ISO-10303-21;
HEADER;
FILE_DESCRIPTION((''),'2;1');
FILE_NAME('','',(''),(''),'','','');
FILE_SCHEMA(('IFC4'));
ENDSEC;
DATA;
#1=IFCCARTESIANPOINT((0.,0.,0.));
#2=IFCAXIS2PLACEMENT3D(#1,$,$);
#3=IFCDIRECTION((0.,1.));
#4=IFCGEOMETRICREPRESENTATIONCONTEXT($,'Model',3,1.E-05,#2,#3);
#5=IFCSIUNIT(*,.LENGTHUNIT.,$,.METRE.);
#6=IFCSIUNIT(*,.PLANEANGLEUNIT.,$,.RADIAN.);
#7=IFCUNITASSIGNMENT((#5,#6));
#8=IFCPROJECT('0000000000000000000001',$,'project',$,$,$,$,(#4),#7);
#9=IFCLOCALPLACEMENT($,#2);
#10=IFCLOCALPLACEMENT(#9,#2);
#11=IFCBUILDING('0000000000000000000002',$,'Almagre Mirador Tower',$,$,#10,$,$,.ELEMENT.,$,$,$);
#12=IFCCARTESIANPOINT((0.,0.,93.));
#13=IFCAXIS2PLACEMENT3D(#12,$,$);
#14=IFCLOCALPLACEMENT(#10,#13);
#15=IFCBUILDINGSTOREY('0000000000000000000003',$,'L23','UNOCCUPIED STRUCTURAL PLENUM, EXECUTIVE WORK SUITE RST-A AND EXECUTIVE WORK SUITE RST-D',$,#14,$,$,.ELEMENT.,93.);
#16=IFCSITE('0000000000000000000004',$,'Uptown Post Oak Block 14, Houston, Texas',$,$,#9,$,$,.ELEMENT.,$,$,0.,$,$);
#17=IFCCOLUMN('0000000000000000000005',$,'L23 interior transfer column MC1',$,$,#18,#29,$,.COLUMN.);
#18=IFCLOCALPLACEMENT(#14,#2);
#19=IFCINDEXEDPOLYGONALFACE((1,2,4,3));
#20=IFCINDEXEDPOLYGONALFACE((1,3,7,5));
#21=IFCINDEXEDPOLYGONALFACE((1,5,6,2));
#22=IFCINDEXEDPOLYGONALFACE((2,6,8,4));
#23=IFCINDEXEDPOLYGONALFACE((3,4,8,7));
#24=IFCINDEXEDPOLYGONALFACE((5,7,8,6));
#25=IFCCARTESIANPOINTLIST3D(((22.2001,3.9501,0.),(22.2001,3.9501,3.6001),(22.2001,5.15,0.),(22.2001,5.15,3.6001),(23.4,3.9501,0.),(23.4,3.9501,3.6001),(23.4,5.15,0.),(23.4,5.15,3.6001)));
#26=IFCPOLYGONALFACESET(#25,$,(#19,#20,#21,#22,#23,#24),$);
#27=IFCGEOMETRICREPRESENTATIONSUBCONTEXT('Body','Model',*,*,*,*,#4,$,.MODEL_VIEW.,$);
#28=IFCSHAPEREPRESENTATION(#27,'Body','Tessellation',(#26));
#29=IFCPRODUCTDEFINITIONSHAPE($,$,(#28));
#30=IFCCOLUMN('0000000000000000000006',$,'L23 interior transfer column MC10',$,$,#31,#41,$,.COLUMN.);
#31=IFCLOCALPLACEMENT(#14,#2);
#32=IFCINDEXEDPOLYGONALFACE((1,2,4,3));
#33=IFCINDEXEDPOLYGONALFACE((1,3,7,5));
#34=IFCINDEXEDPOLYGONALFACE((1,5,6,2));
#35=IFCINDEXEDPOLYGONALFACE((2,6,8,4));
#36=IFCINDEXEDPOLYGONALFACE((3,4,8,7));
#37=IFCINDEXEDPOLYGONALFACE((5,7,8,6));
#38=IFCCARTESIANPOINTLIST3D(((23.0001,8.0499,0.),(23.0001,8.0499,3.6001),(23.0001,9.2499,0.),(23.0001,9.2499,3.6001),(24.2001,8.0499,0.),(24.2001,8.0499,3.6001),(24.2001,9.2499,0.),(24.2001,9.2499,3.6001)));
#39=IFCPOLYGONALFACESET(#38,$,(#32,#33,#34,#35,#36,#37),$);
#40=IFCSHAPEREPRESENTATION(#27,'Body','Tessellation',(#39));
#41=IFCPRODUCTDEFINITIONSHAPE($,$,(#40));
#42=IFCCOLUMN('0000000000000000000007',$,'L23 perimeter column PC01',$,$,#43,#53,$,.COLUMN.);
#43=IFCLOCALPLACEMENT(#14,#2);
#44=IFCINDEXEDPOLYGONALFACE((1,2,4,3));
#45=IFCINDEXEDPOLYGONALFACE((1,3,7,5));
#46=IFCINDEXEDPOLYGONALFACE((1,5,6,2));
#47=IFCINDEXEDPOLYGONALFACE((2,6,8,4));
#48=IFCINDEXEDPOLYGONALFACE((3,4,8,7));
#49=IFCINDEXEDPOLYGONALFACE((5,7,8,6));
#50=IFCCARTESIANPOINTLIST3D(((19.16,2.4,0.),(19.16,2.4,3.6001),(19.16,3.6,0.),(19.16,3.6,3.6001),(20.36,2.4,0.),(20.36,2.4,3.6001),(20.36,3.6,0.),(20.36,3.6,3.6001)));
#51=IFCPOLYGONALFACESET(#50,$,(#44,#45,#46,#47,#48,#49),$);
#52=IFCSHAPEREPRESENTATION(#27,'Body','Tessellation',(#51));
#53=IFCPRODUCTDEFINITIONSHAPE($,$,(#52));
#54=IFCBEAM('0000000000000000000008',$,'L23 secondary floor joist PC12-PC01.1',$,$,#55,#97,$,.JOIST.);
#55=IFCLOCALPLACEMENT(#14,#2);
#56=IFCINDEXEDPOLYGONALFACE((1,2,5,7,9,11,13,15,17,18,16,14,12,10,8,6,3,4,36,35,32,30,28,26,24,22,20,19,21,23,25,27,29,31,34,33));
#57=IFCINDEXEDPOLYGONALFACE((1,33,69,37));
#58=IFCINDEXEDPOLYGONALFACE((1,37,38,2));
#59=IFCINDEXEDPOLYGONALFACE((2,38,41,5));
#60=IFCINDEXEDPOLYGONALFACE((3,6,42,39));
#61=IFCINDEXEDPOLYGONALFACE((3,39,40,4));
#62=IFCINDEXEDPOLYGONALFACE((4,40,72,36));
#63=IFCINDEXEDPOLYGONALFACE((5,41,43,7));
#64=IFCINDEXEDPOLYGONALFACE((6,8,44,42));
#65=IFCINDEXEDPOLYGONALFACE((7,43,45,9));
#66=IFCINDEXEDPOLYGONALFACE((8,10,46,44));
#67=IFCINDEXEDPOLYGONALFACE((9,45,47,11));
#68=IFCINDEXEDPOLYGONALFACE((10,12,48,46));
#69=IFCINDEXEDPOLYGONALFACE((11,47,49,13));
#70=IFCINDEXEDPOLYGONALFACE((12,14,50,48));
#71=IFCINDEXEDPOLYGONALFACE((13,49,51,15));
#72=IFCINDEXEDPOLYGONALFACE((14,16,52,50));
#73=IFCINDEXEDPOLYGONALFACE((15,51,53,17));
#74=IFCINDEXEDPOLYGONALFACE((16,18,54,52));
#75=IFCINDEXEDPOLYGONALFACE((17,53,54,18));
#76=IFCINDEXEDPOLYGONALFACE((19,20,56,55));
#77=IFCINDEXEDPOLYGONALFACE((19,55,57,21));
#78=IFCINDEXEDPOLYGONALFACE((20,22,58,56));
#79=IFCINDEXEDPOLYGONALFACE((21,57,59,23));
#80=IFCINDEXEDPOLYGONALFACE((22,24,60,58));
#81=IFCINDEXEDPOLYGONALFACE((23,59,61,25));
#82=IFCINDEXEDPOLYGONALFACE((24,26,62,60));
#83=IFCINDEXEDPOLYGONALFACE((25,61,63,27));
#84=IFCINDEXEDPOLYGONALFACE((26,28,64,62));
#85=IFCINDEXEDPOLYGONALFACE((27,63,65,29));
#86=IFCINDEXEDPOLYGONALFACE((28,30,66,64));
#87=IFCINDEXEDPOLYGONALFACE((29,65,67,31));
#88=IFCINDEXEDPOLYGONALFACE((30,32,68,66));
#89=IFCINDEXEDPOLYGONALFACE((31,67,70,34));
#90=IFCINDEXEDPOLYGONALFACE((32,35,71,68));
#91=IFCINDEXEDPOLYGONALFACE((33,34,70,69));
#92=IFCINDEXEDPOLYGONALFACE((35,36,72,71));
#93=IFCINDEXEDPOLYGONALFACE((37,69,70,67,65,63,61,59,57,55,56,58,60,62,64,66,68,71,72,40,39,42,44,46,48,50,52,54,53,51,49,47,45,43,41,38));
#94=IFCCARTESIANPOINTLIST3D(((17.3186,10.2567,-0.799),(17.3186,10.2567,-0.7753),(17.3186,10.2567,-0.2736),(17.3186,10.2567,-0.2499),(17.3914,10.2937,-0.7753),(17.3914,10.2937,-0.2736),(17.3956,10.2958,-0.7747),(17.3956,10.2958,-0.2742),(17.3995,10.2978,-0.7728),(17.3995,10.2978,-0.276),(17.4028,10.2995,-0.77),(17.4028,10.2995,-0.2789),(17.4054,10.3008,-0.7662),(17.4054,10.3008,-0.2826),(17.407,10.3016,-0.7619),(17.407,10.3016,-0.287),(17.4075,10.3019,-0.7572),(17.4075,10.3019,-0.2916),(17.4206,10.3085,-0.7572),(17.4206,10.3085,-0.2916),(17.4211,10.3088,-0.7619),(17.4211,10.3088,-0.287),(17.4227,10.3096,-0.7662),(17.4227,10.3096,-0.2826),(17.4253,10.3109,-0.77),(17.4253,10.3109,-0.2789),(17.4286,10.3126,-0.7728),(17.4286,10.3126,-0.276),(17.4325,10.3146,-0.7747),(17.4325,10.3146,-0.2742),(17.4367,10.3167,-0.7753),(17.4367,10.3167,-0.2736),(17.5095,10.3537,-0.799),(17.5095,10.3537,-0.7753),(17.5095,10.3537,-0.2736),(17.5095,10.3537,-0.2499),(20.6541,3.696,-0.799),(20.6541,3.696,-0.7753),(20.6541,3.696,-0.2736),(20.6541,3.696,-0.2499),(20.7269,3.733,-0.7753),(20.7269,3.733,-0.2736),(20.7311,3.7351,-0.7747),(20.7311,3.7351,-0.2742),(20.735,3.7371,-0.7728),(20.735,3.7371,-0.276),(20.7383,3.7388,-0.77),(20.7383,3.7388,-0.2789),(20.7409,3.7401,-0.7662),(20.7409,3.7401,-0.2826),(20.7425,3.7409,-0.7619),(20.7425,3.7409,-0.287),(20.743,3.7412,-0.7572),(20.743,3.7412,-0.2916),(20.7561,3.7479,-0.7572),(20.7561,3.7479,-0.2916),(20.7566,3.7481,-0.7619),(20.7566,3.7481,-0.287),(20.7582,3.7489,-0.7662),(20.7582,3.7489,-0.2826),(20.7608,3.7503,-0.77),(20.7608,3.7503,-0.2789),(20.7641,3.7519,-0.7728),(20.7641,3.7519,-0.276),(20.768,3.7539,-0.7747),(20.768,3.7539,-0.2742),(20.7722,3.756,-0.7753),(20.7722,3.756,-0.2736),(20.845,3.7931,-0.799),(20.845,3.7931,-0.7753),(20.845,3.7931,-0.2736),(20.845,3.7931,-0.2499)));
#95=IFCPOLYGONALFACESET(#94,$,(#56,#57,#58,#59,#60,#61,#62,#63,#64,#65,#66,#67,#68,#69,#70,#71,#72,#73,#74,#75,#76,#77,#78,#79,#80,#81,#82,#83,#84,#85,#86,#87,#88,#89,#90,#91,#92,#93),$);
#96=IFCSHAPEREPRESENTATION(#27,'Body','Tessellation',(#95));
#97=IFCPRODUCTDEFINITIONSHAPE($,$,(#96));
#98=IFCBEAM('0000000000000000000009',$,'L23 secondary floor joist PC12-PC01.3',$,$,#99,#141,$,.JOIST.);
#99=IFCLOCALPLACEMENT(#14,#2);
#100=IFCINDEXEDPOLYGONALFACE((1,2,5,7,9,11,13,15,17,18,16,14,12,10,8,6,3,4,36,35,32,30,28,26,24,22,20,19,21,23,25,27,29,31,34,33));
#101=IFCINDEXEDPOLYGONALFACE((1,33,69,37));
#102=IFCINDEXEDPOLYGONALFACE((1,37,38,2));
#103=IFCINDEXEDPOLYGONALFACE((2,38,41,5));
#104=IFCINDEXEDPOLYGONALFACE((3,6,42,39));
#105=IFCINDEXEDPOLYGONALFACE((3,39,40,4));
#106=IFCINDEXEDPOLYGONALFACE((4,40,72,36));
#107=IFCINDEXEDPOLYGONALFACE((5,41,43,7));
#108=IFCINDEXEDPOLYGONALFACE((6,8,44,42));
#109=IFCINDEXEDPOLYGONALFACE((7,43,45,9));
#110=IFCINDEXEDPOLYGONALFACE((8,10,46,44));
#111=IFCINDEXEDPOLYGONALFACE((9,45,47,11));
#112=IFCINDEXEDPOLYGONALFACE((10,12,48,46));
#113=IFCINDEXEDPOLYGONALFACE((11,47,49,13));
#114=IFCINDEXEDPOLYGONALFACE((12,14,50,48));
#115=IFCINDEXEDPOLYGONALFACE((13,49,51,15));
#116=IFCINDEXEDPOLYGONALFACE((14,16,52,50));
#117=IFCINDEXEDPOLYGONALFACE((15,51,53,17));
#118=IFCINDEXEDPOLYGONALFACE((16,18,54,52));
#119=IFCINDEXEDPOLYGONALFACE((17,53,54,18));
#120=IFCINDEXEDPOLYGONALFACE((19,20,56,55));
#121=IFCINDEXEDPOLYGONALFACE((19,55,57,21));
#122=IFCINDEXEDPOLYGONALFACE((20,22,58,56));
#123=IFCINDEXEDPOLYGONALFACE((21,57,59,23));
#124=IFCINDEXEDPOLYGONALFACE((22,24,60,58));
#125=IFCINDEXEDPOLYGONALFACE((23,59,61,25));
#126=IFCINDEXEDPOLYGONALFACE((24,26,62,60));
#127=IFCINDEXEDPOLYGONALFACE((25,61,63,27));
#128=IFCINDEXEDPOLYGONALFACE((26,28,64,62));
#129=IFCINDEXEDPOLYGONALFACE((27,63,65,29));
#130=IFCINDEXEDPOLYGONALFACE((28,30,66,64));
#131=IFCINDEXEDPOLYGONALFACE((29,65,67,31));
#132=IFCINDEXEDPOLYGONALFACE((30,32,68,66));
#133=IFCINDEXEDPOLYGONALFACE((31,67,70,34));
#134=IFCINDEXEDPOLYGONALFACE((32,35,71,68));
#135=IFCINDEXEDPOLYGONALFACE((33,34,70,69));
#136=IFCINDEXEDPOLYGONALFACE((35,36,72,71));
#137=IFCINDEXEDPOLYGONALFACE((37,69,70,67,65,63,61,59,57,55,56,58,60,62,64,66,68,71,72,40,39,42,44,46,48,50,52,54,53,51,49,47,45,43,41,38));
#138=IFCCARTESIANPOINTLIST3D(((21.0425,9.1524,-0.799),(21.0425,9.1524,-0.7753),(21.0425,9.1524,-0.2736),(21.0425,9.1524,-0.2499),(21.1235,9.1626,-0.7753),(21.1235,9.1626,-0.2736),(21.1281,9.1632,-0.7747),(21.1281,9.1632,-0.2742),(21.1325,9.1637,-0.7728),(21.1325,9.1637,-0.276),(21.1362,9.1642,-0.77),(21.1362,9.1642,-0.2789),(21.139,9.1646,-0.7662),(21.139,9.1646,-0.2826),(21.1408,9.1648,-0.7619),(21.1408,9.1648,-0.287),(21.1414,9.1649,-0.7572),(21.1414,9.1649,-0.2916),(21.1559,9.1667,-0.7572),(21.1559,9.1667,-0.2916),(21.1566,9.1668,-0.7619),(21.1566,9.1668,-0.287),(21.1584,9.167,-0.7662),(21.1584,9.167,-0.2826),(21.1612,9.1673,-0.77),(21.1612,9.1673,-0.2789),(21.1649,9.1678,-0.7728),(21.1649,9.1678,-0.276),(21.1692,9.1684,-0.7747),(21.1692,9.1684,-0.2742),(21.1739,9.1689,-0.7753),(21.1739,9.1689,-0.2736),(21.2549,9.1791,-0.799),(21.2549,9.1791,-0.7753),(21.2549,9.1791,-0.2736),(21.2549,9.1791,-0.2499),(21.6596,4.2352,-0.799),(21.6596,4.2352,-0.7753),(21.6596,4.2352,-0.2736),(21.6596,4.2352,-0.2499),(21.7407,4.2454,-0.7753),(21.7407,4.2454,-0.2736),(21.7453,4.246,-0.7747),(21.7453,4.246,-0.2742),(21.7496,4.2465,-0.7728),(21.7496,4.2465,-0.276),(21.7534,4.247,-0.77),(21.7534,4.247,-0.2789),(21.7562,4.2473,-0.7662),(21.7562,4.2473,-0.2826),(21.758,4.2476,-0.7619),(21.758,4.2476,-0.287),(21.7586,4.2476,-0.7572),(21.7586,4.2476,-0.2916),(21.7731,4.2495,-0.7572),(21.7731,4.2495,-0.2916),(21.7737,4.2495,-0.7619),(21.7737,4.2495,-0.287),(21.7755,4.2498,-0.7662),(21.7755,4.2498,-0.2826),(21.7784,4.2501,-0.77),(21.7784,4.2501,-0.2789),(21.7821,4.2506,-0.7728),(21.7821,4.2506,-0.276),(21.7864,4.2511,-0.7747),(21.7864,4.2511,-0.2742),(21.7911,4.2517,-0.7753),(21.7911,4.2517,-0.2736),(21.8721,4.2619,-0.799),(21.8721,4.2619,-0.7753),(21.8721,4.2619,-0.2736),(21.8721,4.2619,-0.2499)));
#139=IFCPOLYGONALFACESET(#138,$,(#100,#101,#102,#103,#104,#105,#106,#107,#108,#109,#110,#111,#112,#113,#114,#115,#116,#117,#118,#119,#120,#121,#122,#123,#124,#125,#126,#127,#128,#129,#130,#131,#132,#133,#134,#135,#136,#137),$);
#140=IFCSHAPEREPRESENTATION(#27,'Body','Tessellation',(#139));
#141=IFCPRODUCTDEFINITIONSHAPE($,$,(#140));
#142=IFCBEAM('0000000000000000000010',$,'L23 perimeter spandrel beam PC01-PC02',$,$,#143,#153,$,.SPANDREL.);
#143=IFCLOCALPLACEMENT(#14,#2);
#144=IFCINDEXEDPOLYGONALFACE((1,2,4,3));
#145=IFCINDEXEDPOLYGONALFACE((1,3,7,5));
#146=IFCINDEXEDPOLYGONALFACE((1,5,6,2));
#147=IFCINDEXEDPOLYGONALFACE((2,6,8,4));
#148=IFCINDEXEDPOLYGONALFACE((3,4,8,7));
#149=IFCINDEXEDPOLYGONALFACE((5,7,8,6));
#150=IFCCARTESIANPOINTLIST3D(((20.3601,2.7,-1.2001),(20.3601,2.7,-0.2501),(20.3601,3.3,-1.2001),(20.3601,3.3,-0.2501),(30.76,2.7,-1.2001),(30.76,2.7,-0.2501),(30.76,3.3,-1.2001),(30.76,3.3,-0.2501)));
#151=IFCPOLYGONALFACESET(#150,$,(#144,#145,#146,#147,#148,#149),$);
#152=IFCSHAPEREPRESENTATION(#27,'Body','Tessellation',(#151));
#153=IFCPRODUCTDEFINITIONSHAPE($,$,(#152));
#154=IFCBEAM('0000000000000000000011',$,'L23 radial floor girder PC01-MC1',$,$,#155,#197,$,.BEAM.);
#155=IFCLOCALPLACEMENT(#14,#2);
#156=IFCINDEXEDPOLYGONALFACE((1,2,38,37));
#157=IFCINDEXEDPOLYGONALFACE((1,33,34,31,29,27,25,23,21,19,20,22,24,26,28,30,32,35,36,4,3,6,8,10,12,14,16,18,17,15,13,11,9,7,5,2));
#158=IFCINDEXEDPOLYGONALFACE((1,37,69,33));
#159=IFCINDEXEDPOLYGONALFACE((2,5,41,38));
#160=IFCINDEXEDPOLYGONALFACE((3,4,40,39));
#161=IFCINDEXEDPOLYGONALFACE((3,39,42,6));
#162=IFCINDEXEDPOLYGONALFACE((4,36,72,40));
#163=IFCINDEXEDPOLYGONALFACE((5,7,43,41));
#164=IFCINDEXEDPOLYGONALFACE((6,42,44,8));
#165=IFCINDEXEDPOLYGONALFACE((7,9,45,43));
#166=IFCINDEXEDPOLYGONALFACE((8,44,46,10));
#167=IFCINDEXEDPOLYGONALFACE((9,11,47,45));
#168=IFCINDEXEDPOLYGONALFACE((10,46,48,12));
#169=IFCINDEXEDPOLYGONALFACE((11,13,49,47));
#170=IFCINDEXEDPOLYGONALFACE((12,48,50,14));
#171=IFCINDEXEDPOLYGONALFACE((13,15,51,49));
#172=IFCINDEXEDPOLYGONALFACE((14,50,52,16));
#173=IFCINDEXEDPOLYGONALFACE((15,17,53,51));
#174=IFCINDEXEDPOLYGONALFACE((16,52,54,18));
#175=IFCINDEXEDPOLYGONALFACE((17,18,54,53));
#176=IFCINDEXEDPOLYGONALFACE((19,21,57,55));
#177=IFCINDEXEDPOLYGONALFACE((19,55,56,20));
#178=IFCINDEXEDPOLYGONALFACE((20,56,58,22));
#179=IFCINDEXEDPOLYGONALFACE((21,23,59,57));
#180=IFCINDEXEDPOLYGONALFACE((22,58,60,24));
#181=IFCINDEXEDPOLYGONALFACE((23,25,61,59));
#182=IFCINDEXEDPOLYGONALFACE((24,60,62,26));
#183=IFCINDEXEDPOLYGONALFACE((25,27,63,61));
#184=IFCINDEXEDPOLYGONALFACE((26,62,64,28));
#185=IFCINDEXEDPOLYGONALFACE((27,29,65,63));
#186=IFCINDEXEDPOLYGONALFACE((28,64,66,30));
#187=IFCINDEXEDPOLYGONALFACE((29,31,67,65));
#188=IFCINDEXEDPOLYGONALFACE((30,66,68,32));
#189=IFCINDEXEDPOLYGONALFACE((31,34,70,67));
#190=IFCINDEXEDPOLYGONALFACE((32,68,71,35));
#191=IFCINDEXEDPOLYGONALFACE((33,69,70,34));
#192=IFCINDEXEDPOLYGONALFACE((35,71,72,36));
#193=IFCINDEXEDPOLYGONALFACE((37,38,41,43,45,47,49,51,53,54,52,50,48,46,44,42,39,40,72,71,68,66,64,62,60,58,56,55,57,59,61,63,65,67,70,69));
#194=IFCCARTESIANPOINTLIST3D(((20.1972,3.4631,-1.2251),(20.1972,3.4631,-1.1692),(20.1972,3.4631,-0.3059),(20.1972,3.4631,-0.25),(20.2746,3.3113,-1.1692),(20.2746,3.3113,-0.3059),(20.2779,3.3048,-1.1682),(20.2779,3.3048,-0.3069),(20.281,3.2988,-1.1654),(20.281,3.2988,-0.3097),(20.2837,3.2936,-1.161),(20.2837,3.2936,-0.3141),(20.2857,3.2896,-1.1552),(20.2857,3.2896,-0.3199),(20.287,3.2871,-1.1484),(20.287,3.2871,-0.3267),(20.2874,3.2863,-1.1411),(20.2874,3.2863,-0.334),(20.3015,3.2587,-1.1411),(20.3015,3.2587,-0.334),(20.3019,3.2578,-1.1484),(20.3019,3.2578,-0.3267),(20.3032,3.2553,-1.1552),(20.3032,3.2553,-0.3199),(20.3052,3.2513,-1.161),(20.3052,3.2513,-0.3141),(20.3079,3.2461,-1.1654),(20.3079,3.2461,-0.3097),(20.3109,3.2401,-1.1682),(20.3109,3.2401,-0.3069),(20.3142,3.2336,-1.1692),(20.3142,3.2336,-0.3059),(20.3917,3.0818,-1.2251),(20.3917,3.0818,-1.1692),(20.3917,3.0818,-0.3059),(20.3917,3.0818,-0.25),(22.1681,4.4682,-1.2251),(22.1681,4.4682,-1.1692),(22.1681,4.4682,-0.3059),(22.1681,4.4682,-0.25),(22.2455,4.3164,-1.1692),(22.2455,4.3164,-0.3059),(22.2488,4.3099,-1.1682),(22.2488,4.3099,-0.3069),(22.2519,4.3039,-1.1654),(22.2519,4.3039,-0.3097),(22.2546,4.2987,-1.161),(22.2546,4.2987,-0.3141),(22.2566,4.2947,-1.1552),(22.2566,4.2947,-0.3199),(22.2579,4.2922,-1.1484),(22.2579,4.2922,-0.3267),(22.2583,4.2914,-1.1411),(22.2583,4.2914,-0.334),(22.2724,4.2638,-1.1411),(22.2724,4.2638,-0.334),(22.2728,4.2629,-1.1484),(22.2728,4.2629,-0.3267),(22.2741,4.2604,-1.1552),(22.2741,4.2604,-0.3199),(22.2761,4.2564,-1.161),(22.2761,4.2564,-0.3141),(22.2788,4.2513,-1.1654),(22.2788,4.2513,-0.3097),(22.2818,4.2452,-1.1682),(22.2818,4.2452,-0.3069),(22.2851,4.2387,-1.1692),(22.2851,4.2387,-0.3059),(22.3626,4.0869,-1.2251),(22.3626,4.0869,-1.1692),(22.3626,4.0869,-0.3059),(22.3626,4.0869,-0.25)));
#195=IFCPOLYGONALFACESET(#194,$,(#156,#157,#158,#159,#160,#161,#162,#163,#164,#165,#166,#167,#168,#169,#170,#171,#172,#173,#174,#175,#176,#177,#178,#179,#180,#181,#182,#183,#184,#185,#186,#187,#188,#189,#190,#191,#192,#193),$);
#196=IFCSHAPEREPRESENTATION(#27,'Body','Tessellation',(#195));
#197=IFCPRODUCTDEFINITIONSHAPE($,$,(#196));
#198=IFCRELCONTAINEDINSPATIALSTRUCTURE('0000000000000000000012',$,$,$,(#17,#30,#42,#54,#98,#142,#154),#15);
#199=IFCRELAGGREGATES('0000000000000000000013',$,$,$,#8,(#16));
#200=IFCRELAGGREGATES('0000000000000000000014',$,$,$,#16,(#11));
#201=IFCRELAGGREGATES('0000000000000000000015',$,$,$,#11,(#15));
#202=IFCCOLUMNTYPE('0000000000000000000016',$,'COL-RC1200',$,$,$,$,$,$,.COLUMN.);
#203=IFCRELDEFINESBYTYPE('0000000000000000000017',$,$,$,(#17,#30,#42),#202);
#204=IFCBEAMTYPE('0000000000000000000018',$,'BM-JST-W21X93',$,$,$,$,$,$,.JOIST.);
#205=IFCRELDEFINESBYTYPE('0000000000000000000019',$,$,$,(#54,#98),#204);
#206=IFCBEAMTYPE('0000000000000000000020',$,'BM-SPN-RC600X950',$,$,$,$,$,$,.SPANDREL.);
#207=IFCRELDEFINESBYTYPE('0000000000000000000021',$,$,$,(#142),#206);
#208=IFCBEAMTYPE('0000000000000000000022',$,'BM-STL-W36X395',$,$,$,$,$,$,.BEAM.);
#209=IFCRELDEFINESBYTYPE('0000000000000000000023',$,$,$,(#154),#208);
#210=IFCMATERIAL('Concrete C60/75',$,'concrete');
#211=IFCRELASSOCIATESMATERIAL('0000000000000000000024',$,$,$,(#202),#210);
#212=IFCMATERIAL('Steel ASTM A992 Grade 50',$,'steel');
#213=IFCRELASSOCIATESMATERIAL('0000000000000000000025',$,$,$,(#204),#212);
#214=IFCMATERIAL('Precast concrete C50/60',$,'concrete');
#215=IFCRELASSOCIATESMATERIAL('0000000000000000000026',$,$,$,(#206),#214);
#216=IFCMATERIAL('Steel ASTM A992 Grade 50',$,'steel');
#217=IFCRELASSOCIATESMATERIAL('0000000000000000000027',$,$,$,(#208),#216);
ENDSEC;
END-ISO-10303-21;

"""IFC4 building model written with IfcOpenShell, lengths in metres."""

from ifc_helpers import new_model, si_unit, direction, frame, origin, origin_2d, place, context, subcontext, project, spatial, rectangle, i_section, extrude, material, material_profile, profile_set, type_object, element, save


model = new_model("IFC4")

# Units and contexts
model_context = context("Model", 3, precision=1e-05, world=origin(), true_north=direction((0.0, 1.0)))
body_context = subcontext(model_context, "Body", "Model", "MODEL_VIEW")
ifc_project = project(units=[si_unit("LENGTHUNIT", "METRE"), si_unit("PLANEANGLEUNIT", "RADIAN")], contexts=[model_context])

# Site, building, storey
site_placement = place(None, origin())
site = spatial("IfcSite", under=ifc_project, at=site_placement, Name="Uptown Post Oak Block 14, Houston, Texas", CompositionType="ELEMENT", RefElevation=0.0)
building_placement = place(site_placement, origin())
building = spatial("IfcBuilding", under=site, at=building_placement, Name="Almagre Mirador Tower", CompositionType="ELEMENT")
storey_placement = place(building_placement, frame((0.0, 0.0, 93.0)))
storey = spatial("IfcBuildingStorey", under=building, at=storey_placement, Name="L23", Description="UNOCCUPIED STRUCTURAL PLENUM, EXECUTIVE WORK SUITE RST-A AND EXECUTIVE WORK SUITE RST-D", CompositionType="ELEMENT", Elevation=93.0)

# Columns
ifc_material_1 = material(Name="Concrete C60/75", Category="concrete")
ifc_material_profile_1 = material_profile(ifc_material_1, rectangle(XDim=1.2, YDim=1.2, at=origin_2d()), Name="RC1200X1200")
ifc_profile_set_1 = profile_set([ifc_material_profile_1], Name="Concrete C60/75")
column_type = type_object("IfcColumnType", Name="COL-RC1200", PredefinedType="COLUMN", material=ifc_profile_set_1)
for number, where, z_axis, x_axis, name in (
    (1, (22.8, 4.55, 0.0), (0.0, 0.0, 1.0), (1.0, 0.0, 0.0), "L23 interior transfer column MC1"),
    (2, (23.6001, 8.6499, 0.0), (0.0, 0.0, 1.0), (1.0, 0.0, 0.0), "L23 interior transfer column MC10"),
    (3, (19.76, 3.0, 0.0), (0.0, 0.0, 1.0), (1.0, 0.0, 0.0), "L23 perimeter column PC01"),
):
    element("IfcColumn", number, at=place(storey_placement, frame(where, z_axis=z_axis, x_axis=x_axis)), inside=storey, type_object=column_type, Name=name, PredefinedType="COLUMN", context=body_context, shape_type="SweptSolid", body=[
        extrude(rectangle(XDim=1.2, YDim=1.2, at=origin_2d()), origin(), (0.0, 0.0, 1.0), 3.6001),
    ])

# Beams
ifc_material_2 = material(Name="Steel ASTM A992 Grade 50", Category="steel")
ifc_material_profile_2 = material_profile(ifc_material_2, i_section(OverallWidth=0.2141, OverallDepth=0.5491, WebThickness=0.0146, FlangeThickness=0.0237, FilletRadius=0.0181, at=origin_2d()), Name="W21X93")
ifc_profile_set_2 = profile_set([ifc_material_profile_2], Name="Steel ASTM A992 Grade 50")
beam_type_1 = type_object("IfcBeamType", Name="BM-JST-W21X93", PredefinedType="JOIST", material=ifc_profile_set_2)
beam_1_placement = place(storey_placement, frame((17.4141, 10.3052, -0.5244), z_axis=(0.453201, -0.891408, 0.0), x_axis=(0.891408, 0.453201, 0.0)))
element("IfcBeam", 4, at=beam_1_placement, inside=storey, type_object=beam_type_1, Name="L23 secondary floor joist PC12-PC01.1", PredefinedType="JOIST", context=body_context, shape_type="SweptSolid", body=[
    extrude(i_section(OverallWidth=0.2141, OverallDepth=0.5491, WebThickness=0.0146, FlangeThickness=0.0237, FilletRadius=0.0181, at=origin_2d()), origin(), (0.0, 0.0, 1.0), 7.3599),
])
beam_2_placement = place(storey_placement, frame((21.1487, 9.1658, -0.5244), z_axis=(0.124538, -0.992215, 0.0), x_axis=(0.992215, 0.124538, 0.0)))
element("IfcBeam", 5, at=beam_2_placement, inside=storey, type_object=beam_type_1, Name="L23 secondary floor joist PC12-PC01.3", PredefinedType="JOIST", context=body_context, shape_type="SweptSolid", body=[
    extrude(i_section(OverallWidth=0.2141, OverallDepth=0.5491, WebThickness=0.0146, FlangeThickness=0.0237, FilletRadius=0.0181, at=origin_2d()), origin(), (0.0, 0.0, 1.0), 4.9558),
])
ifc_material_3 = material(Name="Precast concrete C50/60", Category="concrete")
ifc_material_profile_3 = material_profile(ifc_material_3, rectangle(XDim=0.6001, YDim=0.95, at=origin_2d()), Name="RC600X950")
ifc_profile_set_3 = profile_set([ifc_material_profile_3], Name="Precast concrete C50/60")
beam_type_2 = type_object("IfcBeamType", Name="BM-SPN-RC600X950", PredefinedType="SPANDREL", material=ifc_profile_set_3)
beam_3_placement = place(storey_placement, frame((20.3601, 3.0, -0.7251), z_axis=(1.0, 0.0, 0.0), x_axis=(0.0, 1.0, 0.0)))
element("IfcBeam", 6, at=beam_3_placement, inside=storey, type_object=beam_type_2, Name="L23 perimeter spandrel beam PC01-PC02", PredefinedType="SPANDREL", context=body_context, shape_type="SweptSolid", body=[
    extrude(rectangle(XDim=0.6001, YDim=0.95, at=origin_2d()), origin(), (0.0, 0.0, 1.0), 10.3999),
])
ifc_material_4 = material(Name="Steel ASTM A992 Grade 50", Category="steel")
ifc_material_profile_4 = material_profile(ifc_material_4, i_section(OverallWidth=0.428, OverallDepth=0.9751, WebThickness=0.031, FlangeThickness=0.0559, FilletRadius=0.0281, at=origin_2d()), Name="W36X395")
ifc_profile_set_4 = profile_set([ifc_material_profile_4], Name="Steel ASTM A992 Grade 50")
beam_type_3 = type_object("IfcBeamType", Name="BM-STL-W36X395", PredefinedType="BEAM", material=ifc_profile_set_4)
beam_4_placement = place(storey_placement, frame((20.2944, 3.2725, -0.7375), z_axis=(0.890846, 0.454306, 0.0), x_axis=(-0.454306, 0.890846, 0.0)))
element("IfcBeam", 7, at=beam_4_placement, inside=storey, type_object=beam_type_3, Name="L23 radial floor girder PC01-MC1", PredefinedType="BEAM", context=body_context, shape_type="SweptSolid", body=[
    extrude(i_section(OverallWidth=0.428, OverallDepth=0.9751, WebThickness=0.031, FlangeThickness=0.0559, FilletRadius=0.0281, at=origin_2d()), origin(), (0.0, 0.0, 1.0), 2.2124),
])

save(model, "model.ifc")
